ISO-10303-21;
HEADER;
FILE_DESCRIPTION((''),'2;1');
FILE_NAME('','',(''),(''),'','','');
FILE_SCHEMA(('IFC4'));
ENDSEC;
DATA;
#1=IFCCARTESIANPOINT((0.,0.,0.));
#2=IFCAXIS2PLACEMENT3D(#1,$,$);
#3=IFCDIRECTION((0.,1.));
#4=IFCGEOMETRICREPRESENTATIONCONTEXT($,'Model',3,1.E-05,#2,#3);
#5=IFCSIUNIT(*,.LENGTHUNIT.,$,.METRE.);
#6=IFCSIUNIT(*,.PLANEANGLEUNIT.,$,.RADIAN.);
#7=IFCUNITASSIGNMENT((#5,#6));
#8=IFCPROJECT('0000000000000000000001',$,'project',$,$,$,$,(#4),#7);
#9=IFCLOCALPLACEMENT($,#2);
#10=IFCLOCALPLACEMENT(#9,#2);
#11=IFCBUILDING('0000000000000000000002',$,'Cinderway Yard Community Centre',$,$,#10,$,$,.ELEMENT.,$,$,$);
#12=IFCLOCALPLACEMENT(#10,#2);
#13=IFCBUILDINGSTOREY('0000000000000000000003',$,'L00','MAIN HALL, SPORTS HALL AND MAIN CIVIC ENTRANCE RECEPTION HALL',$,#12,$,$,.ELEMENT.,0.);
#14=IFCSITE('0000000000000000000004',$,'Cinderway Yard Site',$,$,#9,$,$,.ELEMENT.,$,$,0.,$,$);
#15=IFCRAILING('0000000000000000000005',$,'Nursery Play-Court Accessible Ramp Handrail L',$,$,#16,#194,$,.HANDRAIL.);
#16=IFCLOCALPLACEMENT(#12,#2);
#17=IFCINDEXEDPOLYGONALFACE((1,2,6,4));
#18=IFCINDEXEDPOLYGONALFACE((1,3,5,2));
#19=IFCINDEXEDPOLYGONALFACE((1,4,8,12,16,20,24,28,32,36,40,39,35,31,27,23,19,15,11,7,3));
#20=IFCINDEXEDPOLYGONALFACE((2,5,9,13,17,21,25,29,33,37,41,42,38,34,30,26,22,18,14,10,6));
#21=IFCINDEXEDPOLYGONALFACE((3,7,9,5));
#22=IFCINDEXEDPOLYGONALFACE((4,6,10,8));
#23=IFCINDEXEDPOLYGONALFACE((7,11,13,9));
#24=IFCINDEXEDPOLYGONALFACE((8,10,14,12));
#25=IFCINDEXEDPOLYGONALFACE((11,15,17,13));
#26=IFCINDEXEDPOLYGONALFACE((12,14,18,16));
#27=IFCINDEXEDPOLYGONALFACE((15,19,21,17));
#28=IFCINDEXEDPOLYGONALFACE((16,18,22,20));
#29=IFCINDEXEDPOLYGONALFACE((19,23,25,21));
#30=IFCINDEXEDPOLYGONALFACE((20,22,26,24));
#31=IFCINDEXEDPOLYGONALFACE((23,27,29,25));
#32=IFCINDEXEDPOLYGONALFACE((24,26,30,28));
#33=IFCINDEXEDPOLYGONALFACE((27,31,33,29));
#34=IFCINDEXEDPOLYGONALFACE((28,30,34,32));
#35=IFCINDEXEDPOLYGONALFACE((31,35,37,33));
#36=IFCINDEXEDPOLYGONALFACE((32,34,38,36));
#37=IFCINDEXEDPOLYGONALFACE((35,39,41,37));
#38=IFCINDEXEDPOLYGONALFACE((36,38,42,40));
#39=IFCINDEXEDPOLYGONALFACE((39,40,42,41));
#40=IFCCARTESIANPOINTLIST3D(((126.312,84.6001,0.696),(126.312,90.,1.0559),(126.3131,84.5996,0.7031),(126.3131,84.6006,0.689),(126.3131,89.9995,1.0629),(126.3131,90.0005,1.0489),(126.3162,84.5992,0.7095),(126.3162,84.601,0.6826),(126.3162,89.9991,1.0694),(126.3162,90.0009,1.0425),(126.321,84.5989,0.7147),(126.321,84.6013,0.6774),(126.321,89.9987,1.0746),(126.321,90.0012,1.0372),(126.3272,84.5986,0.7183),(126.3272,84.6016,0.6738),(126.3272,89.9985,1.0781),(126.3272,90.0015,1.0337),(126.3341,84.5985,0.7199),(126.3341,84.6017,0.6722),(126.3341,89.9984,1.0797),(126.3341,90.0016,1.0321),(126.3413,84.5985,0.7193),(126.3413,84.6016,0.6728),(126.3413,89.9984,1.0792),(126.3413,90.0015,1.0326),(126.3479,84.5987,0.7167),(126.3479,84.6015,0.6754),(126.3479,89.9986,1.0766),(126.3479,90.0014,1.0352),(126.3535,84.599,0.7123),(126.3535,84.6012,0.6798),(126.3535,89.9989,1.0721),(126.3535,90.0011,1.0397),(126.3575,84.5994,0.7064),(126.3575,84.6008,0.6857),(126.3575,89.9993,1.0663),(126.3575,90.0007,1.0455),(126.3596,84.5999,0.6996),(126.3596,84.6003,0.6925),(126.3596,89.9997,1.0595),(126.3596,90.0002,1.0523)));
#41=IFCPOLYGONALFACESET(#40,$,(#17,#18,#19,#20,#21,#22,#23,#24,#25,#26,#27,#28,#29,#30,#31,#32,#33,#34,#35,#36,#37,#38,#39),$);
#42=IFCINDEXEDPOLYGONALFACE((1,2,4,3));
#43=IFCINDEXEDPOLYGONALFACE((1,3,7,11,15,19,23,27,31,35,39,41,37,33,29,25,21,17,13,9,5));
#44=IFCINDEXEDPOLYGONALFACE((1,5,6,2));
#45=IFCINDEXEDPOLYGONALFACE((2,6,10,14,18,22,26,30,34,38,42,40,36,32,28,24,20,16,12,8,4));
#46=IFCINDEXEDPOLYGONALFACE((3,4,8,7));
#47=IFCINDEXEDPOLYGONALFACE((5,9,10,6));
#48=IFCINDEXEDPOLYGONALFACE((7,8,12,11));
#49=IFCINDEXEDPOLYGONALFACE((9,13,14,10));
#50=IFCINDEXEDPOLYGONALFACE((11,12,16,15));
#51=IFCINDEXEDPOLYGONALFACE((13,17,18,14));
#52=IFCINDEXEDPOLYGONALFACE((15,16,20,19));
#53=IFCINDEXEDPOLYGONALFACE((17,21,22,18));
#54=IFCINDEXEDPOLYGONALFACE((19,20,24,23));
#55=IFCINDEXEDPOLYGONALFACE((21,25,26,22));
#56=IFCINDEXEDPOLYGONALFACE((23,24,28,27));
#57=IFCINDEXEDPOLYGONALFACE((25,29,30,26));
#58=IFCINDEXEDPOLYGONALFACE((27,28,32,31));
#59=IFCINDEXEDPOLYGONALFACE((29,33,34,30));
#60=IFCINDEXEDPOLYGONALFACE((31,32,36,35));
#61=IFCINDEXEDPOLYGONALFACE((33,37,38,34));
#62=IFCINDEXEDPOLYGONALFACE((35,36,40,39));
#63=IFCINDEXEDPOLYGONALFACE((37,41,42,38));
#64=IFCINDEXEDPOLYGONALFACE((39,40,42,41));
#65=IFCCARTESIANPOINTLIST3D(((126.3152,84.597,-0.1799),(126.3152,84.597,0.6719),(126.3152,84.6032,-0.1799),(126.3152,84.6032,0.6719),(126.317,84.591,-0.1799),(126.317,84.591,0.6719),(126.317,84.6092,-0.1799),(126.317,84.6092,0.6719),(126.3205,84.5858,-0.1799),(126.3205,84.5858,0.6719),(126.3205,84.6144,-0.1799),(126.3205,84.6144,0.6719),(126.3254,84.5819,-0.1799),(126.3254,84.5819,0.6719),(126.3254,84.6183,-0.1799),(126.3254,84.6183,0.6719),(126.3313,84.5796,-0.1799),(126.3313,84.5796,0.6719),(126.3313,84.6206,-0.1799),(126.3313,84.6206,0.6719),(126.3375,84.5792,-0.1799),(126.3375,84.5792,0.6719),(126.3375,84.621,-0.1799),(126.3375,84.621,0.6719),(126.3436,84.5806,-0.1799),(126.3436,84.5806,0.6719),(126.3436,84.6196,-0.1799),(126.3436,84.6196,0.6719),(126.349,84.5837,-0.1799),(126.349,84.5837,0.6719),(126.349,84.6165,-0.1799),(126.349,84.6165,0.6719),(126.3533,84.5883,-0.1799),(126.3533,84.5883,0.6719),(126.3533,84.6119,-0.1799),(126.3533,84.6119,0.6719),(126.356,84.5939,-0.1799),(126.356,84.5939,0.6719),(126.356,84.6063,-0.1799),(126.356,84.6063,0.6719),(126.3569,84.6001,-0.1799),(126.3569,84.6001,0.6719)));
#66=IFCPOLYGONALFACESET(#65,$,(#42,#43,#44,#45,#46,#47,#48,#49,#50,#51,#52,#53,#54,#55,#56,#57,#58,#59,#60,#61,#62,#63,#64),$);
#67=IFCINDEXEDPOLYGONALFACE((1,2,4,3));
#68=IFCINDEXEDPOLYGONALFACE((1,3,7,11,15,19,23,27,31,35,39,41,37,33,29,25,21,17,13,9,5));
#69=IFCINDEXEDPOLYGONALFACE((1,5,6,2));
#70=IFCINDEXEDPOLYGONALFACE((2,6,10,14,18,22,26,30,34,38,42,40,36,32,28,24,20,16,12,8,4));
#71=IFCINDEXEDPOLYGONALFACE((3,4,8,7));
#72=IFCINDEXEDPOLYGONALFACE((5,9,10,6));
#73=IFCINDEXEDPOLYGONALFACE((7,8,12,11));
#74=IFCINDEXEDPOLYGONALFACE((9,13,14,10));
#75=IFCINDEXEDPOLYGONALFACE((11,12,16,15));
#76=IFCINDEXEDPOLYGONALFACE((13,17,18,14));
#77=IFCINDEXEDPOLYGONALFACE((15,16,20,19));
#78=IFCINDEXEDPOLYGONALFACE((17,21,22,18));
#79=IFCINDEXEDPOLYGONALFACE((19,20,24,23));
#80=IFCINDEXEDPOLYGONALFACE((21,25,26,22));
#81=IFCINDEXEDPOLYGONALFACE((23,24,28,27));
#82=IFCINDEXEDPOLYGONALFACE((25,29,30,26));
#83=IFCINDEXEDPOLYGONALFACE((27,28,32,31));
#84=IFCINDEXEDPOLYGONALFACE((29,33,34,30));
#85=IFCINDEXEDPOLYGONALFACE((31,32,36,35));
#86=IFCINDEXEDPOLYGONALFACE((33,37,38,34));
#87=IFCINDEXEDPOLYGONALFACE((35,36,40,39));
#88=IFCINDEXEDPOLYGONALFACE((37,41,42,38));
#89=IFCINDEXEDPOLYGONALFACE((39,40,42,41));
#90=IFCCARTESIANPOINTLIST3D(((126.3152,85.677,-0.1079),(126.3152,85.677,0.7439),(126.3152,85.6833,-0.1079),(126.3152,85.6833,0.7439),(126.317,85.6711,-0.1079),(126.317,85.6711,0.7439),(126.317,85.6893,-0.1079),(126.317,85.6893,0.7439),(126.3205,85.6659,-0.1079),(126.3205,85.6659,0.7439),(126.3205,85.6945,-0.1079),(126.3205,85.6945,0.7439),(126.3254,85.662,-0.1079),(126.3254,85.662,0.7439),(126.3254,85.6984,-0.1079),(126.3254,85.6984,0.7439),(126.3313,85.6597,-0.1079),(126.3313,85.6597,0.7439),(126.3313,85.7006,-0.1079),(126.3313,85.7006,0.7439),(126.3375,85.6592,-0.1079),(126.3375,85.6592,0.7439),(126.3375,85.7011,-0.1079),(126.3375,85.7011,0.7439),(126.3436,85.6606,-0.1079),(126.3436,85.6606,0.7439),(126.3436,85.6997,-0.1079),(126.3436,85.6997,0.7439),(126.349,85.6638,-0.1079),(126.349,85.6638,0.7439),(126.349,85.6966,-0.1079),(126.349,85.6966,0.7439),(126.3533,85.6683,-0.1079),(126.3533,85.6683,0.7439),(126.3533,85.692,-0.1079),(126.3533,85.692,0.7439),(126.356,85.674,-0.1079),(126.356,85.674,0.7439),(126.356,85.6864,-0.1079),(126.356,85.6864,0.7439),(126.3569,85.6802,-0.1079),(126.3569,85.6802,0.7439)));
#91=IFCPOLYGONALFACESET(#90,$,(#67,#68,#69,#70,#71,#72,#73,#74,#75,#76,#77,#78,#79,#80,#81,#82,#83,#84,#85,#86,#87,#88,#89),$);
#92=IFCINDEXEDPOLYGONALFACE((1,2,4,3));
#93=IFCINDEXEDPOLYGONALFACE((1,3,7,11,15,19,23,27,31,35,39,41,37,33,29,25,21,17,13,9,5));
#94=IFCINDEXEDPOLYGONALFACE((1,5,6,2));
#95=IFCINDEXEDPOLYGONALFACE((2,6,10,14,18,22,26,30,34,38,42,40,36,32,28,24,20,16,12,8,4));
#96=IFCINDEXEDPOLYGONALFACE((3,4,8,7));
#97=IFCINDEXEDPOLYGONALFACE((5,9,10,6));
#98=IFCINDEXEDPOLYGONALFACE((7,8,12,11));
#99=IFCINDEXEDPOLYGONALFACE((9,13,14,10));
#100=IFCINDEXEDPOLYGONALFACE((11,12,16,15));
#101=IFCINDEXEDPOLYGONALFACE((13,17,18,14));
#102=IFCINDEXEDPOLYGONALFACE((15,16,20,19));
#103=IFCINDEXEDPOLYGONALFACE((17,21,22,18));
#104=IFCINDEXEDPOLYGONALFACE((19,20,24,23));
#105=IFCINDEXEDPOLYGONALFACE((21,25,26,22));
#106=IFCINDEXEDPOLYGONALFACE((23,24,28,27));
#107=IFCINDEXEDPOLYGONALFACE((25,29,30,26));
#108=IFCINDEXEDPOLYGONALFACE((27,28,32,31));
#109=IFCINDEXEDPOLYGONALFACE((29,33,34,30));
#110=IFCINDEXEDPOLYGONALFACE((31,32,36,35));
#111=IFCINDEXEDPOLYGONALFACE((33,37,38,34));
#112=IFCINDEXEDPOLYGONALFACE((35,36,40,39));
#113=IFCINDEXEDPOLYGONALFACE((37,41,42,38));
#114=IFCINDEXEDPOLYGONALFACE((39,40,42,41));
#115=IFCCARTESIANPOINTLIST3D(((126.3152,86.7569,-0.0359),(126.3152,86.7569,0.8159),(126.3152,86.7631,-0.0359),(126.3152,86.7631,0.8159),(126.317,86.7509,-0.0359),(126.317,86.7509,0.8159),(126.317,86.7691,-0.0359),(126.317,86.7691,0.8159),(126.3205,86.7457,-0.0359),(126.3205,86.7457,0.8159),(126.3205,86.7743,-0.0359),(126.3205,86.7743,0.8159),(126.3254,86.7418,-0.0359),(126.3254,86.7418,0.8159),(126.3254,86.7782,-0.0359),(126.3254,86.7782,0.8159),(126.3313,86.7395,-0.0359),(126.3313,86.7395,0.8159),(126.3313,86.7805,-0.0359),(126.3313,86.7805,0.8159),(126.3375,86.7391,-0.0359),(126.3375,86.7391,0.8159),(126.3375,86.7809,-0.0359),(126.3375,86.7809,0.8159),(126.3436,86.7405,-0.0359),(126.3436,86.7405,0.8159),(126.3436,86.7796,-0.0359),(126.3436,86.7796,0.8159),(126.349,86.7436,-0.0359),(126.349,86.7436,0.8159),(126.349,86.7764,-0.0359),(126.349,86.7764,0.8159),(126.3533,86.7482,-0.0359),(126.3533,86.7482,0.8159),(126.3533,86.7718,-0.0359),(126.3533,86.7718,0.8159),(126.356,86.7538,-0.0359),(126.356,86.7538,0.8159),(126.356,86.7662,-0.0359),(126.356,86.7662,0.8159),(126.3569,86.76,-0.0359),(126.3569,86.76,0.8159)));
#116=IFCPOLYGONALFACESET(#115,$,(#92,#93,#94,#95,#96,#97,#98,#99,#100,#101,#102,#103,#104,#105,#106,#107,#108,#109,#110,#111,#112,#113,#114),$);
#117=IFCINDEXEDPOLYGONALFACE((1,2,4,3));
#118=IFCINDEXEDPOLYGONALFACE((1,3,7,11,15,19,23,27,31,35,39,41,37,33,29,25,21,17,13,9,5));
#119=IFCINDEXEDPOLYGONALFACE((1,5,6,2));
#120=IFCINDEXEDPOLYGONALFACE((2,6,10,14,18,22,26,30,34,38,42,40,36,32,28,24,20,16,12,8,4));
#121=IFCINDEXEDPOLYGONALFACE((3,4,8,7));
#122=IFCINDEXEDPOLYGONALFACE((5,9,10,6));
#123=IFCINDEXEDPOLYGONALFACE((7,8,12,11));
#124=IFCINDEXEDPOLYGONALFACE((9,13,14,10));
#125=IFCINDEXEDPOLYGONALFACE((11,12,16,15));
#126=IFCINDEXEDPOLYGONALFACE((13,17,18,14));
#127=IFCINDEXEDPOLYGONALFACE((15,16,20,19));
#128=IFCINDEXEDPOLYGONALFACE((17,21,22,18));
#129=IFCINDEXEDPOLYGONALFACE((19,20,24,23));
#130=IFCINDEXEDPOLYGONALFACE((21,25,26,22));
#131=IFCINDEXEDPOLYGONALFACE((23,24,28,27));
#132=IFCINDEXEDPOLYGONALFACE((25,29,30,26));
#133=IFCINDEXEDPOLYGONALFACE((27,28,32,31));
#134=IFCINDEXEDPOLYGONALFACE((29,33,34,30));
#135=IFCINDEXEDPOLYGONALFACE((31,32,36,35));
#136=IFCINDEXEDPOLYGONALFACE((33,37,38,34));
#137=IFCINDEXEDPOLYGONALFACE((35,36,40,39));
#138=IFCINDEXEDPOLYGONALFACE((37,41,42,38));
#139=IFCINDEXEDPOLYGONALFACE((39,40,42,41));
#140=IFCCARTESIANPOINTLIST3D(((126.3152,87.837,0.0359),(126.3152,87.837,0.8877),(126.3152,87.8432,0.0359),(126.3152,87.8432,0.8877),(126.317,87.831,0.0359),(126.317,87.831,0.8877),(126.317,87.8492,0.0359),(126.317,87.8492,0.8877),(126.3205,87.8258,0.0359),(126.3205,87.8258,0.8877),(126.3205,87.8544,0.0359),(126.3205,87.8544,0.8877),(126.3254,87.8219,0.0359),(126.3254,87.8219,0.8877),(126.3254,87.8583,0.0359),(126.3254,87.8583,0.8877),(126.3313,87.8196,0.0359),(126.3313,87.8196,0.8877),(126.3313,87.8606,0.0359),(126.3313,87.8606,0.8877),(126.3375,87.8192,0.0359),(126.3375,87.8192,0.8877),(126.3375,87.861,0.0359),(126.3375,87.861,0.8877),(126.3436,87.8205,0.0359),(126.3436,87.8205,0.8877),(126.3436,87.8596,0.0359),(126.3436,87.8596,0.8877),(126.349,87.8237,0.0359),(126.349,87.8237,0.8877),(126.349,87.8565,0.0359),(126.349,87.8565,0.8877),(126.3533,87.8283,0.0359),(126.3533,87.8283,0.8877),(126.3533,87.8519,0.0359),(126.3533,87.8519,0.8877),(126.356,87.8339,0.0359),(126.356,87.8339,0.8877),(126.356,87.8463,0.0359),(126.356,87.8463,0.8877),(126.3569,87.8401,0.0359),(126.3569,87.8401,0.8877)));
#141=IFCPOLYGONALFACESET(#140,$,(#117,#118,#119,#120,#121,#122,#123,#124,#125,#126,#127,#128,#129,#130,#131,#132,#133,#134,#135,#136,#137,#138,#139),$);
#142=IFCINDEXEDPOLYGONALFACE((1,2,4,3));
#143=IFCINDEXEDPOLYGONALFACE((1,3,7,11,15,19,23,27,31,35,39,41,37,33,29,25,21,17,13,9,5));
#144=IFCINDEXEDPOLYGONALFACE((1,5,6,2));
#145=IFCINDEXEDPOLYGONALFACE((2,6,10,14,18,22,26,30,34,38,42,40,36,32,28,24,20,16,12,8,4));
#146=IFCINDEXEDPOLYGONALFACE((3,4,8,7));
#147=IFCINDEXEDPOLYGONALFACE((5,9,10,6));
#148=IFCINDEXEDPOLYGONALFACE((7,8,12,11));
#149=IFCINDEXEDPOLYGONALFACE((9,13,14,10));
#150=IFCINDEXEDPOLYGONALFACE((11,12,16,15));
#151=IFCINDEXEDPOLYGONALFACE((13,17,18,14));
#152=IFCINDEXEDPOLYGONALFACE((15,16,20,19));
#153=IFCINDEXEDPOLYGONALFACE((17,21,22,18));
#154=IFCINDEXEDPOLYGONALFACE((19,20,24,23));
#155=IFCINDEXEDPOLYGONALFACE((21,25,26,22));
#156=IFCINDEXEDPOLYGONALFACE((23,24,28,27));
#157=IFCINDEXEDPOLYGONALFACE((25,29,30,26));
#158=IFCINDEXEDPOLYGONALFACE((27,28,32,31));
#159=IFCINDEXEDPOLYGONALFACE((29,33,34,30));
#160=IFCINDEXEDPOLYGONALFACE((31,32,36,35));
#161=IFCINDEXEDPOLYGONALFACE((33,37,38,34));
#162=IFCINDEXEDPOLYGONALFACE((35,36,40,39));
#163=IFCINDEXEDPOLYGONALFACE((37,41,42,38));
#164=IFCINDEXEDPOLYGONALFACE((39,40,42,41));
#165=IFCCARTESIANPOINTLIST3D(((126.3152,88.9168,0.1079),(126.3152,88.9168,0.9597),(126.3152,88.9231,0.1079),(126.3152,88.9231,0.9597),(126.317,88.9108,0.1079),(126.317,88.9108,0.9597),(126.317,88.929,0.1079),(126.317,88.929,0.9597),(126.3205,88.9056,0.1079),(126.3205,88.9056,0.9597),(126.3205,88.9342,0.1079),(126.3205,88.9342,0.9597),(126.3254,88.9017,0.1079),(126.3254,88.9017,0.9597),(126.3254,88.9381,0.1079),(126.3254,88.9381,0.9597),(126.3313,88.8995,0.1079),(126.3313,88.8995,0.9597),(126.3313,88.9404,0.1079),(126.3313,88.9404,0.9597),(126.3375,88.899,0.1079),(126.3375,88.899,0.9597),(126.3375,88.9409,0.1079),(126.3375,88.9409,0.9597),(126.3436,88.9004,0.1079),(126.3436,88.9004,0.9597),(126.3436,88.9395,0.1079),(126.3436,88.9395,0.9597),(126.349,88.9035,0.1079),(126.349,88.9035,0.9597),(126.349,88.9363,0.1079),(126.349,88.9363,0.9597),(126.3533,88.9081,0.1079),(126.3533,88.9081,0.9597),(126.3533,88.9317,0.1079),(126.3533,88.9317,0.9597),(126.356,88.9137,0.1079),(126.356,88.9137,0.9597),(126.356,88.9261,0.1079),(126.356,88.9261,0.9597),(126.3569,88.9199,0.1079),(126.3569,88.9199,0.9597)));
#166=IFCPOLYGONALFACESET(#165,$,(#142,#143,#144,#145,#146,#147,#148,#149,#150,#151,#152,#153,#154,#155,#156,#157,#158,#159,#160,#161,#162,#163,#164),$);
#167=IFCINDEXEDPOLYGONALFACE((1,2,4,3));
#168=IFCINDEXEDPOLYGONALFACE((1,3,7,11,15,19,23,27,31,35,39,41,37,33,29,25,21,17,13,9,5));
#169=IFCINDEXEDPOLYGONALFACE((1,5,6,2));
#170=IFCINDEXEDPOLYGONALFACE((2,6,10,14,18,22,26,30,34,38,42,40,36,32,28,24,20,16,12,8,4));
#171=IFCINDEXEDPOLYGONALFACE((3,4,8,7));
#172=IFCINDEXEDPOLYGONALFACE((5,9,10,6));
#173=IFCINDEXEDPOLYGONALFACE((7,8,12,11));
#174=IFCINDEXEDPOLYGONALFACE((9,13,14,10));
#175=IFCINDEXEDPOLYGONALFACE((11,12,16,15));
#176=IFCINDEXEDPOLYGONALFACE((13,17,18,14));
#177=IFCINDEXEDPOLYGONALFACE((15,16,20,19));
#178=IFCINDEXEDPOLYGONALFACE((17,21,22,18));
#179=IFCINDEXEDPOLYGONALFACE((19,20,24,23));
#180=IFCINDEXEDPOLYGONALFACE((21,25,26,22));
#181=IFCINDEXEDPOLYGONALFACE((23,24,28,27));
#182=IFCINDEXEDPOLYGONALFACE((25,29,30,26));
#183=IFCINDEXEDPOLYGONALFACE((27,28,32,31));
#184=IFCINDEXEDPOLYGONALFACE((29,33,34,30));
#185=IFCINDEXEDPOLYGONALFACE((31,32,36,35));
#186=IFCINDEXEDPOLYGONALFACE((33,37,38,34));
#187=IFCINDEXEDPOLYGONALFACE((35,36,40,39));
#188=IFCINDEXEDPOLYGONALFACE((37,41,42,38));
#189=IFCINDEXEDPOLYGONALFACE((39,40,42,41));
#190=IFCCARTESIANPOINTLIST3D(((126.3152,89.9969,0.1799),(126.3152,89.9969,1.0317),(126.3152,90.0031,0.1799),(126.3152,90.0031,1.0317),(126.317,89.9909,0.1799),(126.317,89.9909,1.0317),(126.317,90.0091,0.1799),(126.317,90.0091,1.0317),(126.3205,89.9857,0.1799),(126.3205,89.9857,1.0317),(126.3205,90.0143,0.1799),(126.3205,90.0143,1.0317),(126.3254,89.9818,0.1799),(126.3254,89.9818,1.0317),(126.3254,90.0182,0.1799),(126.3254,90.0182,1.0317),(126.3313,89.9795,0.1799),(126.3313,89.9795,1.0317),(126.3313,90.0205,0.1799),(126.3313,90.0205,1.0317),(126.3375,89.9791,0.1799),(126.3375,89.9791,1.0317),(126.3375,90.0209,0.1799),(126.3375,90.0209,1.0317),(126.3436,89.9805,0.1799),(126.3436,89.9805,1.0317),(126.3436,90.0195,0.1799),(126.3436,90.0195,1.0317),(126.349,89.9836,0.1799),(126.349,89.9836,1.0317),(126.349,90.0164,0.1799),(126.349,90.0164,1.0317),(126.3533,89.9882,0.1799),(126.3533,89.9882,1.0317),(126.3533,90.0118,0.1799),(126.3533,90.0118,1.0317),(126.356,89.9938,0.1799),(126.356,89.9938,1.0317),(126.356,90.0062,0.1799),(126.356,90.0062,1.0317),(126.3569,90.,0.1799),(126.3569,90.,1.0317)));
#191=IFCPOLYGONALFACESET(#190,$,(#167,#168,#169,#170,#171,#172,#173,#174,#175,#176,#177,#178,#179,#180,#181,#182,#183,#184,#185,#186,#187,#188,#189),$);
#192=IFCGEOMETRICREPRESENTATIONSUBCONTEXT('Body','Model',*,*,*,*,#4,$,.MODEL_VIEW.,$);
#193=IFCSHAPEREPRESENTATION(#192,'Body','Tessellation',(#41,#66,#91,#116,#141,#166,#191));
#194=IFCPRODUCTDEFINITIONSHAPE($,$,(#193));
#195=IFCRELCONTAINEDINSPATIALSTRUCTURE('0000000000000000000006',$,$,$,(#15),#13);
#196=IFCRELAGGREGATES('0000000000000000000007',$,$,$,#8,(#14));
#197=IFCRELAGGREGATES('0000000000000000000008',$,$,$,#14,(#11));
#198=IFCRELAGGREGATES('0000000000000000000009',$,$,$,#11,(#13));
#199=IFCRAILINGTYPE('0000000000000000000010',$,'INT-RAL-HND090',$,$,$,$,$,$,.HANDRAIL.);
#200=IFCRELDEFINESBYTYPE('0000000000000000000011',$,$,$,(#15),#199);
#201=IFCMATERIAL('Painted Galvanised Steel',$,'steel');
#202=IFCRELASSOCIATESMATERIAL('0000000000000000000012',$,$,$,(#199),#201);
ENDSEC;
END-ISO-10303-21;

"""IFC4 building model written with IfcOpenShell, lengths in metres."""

from ifc_helpers import new_model, si_unit, direction, frame, origin, origin_2d, place, context, subcontext, project, spatial, circle, extrude, material, type_object, element, save


model = new_model("IFC4")

# Units and contexts
model_context = context("Model", 3, precision=1e-05, world=origin(), true_north=direction((0.0, 1.0)))
body_context = subcontext(model_context, "Body", "Model", "MODEL_VIEW")
ifc_project = project(units=[si_unit("LENGTHUNIT", "METRE"), si_unit("PLANEANGLEUNIT", "RADIAN")], contexts=[model_context])

# Site, building, storey
site_placement = place(None, origin())
site = spatial("IfcSite", under=ifc_project, at=site_placement, Name="Cinderway Yard Site", CompositionType="ELEMENT", RefElevation=0.0)
building_placement = place(site_placement, origin())
building = spatial("IfcBuilding", under=site, at=building_placement, Name="Cinderway Yard Community Centre", CompositionType="ELEMENT")
storey_placement = place(building_placement, origin())
storey = spatial("IfcBuildingStorey", under=building, at=storey_placement, Name="L00", Description="MAIN HALL, SPORTS HALL AND MAIN CIVIC ENTRANCE RECEPTION HALL", CompositionType="ELEMENT", Elevation=0.0)

# Railing
ifc_material_1 = material(Name="Painted Galvanised Steel", Category="steel")
railing_type = type_object("IfcRailingType", Name="INT-RAL-HND090", PredefinedType="HANDRAIL", material=ifc_material_1)
for number, where, name in (
    (1, (126.3359, 84.6001, -0.1799), "Nursery Play-Court Accessible Ramp Handrail L"),
):
    element("IfcRailing", number, at=place(storey_placement, frame(where)), inside=storey, type_object=railing_type, Name=name, PredefinedType="HANDRAIL", context=body_context, shape_type="SweptSolid", body=[
        extrude(circle(Radius=0.0239, at=origin_2d()), frame((0.0, 0.0, 0.876), z_axis=(0.0, 0.997787, 0.066495), x_axis=(-1.0, 0.0, 0.0)), (0.0, 0.0, 1.0), 5.4119),
        extrude(circle(Radius=0.021, at=origin_2d()), origin(), (0.0, 0.0, 1.0), 0.8518),
        extrude(circle(Radius=0.021, at=origin_2d()), frame((0.0, 1.0801, 0.072)), (0.0, 0.0, 1.0), 0.8518),
        extrude(circle(Radius=0.021, at=origin_2d()), frame((0.0, 2.1599, 0.144)), (0.0, 0.0, 1.0), 0.8518),
        extrude(circle(Radius=0.021, at=origin_2d()), frame((0.0, 3.24, 0.2158)), (0.0, 0.0, 1.0), 0.8518),
        extrude(circle(Radius=0.021, at=origin_2d()), frame((0.0, 4.3198, 0.2878)), (0.0, 0.0, 1.0), 0.8518),
        extrude(circle(Radius=0.021, at=origin_2d()), frame((0.0, 5.3999, 0.3599)), (0.0, 0.0, 1.0), 0.8518),
    ])

save(model, "model.ifc")
